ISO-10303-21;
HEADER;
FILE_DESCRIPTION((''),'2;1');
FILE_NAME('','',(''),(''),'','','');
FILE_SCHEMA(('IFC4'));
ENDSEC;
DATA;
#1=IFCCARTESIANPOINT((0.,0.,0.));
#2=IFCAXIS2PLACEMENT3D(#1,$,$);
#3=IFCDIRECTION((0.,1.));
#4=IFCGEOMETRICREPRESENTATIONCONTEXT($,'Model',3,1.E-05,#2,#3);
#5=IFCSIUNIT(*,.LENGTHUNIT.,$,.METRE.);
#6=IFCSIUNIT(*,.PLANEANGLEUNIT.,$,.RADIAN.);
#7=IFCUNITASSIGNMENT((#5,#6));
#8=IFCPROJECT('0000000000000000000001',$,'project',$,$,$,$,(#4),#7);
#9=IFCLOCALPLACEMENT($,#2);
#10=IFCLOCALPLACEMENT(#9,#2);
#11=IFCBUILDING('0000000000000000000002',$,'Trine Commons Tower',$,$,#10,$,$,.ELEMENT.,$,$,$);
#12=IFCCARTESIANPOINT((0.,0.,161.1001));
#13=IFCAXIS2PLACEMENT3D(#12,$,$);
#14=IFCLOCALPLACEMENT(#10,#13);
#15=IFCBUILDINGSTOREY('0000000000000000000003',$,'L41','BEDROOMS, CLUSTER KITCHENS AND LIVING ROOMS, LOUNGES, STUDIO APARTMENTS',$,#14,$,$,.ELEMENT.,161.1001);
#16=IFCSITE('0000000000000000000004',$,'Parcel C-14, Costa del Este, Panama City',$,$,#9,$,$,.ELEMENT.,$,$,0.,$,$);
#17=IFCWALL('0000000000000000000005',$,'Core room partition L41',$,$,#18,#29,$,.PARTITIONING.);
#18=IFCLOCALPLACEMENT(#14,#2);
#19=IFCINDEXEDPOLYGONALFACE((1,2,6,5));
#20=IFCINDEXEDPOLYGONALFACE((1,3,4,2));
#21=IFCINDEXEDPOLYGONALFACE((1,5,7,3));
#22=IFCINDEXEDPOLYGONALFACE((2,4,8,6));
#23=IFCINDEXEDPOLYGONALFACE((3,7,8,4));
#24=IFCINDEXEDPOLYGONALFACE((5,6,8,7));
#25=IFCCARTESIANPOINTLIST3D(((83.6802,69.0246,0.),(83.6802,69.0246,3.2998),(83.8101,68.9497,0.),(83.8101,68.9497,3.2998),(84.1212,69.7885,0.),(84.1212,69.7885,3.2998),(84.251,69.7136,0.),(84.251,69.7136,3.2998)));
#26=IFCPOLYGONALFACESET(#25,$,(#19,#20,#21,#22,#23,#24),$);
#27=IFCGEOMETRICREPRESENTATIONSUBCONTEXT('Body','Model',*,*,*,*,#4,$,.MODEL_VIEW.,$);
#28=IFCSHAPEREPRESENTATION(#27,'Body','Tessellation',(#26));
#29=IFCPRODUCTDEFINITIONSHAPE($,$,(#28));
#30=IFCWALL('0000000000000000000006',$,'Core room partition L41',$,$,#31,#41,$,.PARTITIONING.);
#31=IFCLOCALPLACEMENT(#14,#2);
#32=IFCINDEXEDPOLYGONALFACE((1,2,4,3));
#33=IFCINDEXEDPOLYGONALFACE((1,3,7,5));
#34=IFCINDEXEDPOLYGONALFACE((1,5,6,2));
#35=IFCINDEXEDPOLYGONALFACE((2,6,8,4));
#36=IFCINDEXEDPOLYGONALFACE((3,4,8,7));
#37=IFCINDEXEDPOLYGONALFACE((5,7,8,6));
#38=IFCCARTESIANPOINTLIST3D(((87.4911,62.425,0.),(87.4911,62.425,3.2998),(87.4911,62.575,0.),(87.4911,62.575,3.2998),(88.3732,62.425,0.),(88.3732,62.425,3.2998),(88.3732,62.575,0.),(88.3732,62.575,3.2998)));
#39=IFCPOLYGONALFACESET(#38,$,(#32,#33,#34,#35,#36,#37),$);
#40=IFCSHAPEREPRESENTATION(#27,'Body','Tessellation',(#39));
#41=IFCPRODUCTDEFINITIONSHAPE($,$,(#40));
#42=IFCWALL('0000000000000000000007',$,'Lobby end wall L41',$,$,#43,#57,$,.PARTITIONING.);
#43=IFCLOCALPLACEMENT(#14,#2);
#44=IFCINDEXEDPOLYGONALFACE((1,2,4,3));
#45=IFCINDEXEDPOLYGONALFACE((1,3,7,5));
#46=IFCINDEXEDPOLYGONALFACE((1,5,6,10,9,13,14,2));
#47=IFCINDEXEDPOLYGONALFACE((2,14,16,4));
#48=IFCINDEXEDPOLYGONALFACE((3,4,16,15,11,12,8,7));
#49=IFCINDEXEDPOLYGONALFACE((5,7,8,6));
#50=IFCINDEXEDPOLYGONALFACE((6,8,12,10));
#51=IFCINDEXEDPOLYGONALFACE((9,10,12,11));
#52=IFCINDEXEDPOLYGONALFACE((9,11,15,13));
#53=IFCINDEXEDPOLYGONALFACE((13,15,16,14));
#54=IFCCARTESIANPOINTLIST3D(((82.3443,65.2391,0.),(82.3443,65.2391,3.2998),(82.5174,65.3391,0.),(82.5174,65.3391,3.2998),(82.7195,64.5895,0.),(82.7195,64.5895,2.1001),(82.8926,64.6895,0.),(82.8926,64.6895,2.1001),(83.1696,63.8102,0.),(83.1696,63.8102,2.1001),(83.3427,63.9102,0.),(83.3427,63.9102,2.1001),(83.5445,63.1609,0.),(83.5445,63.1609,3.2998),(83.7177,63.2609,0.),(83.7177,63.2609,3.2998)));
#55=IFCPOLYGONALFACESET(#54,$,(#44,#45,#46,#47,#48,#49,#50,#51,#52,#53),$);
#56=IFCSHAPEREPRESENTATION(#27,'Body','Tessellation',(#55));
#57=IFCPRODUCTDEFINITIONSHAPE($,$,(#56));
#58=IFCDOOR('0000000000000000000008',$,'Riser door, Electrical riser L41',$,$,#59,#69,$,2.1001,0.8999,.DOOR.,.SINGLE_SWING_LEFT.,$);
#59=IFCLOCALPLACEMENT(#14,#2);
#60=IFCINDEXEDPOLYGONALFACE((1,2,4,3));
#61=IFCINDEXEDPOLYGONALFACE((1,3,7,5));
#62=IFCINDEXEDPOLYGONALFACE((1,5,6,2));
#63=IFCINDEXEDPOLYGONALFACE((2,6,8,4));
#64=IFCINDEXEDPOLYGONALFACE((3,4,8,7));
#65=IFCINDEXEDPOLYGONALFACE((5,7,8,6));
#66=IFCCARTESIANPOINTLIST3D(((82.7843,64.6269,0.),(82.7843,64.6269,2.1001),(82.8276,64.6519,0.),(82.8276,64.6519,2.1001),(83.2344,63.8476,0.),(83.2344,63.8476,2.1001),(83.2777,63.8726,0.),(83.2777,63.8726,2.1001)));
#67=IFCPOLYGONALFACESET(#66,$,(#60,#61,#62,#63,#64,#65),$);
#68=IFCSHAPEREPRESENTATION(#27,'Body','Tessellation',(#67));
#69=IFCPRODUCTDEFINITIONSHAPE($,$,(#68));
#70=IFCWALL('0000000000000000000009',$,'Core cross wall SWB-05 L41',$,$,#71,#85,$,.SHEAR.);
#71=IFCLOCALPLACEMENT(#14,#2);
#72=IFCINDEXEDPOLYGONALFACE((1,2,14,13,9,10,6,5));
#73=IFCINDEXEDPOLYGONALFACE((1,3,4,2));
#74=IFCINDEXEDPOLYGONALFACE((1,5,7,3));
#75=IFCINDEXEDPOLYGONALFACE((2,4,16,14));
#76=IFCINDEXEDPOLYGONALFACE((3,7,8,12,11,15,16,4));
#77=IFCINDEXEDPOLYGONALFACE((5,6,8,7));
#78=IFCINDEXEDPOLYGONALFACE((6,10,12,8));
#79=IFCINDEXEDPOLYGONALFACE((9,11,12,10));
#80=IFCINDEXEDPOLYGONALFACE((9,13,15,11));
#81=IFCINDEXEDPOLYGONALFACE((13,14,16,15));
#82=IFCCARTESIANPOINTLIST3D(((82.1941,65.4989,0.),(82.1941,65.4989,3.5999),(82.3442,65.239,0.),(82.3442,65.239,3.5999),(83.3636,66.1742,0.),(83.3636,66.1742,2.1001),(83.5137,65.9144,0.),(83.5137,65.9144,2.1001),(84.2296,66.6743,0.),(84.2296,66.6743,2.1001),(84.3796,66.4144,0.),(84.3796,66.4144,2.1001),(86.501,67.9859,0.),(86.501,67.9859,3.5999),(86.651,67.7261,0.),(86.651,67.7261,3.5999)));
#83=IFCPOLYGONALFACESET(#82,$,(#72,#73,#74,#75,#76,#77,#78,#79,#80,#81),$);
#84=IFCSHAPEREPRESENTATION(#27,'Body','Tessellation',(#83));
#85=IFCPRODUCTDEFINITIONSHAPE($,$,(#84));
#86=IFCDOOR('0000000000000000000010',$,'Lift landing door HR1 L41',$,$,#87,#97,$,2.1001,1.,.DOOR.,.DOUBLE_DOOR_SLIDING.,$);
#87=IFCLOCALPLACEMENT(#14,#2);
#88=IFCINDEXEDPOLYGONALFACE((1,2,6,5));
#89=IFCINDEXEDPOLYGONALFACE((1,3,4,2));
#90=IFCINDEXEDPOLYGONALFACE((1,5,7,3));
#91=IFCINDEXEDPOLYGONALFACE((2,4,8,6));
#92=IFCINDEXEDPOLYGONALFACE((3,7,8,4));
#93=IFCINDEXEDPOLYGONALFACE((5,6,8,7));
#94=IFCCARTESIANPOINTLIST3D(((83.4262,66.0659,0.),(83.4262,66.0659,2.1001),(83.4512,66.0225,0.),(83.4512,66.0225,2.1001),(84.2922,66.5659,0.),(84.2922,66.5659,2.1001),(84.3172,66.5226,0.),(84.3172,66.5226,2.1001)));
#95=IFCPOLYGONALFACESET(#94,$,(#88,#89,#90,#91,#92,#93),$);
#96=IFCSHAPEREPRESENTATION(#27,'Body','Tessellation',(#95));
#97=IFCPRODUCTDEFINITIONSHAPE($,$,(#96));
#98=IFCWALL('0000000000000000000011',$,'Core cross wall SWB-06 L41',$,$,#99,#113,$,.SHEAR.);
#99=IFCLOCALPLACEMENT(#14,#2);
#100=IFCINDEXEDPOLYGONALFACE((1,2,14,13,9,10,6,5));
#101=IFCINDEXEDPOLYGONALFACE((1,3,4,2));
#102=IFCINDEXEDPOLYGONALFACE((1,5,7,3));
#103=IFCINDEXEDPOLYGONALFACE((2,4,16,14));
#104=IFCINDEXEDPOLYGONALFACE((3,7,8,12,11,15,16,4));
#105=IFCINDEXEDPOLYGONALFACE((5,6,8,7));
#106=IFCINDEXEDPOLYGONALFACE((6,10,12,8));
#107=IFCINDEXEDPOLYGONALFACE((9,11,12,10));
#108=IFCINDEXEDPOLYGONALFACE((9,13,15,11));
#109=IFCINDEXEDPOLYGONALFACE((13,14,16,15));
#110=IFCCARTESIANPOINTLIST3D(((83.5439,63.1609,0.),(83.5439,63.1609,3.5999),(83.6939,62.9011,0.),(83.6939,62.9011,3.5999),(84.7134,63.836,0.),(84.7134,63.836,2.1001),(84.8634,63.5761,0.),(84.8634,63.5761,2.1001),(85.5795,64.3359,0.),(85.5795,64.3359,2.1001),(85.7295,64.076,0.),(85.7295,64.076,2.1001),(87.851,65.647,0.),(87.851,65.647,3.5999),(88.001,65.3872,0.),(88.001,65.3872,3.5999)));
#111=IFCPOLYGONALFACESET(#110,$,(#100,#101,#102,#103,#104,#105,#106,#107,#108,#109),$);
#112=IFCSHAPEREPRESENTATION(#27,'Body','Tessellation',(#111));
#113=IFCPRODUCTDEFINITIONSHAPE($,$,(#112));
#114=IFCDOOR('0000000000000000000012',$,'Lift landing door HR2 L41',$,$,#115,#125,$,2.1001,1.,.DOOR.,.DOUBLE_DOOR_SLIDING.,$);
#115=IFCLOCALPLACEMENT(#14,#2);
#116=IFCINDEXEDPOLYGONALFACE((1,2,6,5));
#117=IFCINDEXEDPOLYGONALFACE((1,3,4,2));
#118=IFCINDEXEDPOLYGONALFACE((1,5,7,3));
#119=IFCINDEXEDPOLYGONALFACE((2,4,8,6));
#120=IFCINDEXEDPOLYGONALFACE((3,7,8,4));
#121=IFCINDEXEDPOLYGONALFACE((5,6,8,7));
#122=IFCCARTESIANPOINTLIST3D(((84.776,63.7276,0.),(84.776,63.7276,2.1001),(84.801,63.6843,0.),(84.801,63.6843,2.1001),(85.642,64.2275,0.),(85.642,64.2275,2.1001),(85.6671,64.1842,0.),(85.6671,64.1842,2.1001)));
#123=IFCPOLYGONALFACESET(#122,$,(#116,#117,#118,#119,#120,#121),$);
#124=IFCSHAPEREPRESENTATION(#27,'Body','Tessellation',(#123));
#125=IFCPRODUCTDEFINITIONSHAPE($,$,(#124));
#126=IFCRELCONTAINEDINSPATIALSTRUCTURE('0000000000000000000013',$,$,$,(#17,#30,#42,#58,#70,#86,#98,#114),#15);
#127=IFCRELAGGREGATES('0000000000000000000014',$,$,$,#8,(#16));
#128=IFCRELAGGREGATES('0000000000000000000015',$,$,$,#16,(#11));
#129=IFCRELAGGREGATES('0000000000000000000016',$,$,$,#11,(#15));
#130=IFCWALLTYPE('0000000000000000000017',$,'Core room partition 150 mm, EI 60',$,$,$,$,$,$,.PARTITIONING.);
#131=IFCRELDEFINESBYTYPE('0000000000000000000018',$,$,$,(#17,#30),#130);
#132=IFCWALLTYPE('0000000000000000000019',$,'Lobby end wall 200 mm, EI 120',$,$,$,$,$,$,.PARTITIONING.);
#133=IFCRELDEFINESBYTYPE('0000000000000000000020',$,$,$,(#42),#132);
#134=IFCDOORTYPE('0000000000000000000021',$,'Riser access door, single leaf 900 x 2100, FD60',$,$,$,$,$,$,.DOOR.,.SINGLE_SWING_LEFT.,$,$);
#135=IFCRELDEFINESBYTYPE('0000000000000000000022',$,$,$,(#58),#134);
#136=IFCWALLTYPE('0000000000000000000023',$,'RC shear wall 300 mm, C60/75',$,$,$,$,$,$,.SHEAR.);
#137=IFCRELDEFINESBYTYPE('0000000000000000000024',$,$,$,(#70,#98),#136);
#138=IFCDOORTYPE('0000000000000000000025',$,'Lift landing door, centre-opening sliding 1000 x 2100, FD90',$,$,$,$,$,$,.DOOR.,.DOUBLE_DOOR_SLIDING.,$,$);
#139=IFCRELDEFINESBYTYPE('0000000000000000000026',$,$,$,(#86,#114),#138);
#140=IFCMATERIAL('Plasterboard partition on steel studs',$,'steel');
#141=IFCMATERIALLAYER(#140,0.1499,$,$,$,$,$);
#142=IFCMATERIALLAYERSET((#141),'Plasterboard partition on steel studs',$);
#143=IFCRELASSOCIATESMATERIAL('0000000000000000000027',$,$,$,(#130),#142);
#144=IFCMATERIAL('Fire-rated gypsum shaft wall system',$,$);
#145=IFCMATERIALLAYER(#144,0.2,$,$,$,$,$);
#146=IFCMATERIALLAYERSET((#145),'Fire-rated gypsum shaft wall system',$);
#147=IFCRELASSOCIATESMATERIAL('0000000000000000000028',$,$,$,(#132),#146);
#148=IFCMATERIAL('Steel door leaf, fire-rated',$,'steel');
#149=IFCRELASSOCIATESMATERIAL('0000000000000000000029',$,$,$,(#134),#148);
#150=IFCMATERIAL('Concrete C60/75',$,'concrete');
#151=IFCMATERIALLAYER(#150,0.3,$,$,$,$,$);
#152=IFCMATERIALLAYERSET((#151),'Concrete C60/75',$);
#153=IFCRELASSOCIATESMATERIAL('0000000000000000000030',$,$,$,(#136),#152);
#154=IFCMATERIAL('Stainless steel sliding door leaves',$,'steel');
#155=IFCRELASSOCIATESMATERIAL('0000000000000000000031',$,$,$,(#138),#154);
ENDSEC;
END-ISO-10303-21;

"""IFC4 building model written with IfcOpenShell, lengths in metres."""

from ifc_helpers import new_model, si_unit, direction, frame, frame_2d, origin, place, context, subcontext, project, spatial, rectangle, extrude, material, layer, layer_set, type_object, element, fill, save


model = new_model("IFC4")

# Units and contexts
model_context = context("Model", 3, precision=1e-05, world=origin(), true_north=direction((0.0, 1.0)))
body_context = subcontext(model_context, "Body", "Model", "MODEL_VIEW")
ifc_project = project(units=[si_unit("LENGTHUNIT", "METRE"), si_unit("PLANEANGLEUNIT", "RADIAN")], contexts=[model_context])

# Site, building, storey
site_placement = place(None, origin())
site = spatial("IfcSite", under=ifc_project, at=site_placement, Name="Parcel C-14, Costa del Este, Panama City", CompositionType="ELEMENT", RefElevation=0.0)
building_placement = place(site_placement, origin())
building = spatial("IfcBuilding", under=site, at=building_placement, Name="Trine Commons Tower", CompositionType="ELEMENT")
storey_placement = place(building_placement, frame((0.0, 0.0, 161.1001)))
storey = spatial("IfcBuildingStorey", under=building, at=storey_placement, Name="L41", Description="BEDROOMS, CLUSTER KITCHENS AND LIVING ROOMS, LOUNGES, STUDIO APARTMENTS", CompositionType="ELEMENT", Elevation=161.1001)

# Walls
ifc_material_1 = material(Name="Plasterboard partition on steel studs", Category="steel")
ifc_layer_1 = layer(ifc_material_1, 0.1499)
ifc_layer_set_1 = layer_set([ifc_layer_1], Name="Plasterboard partition on steel studs")
wall_type_1 = type_object("IfcWallType", Name="Core room partition 150 mm, EI 60", PredefinedType="PARTITIONING", material=ifc_layer_set_1)
for number, where, z_axis, x_axis, name in (
    (1, (84.186, 69.751, 0.0), (0.0, 0.0, 1.0), (-0.49989, -0.866089, 0.0), "Core room partition L41"),
    (2, (88.373, 62.5, 0.0), (0.0, 0.0, 1.0), (-1.0, 0.0, 0.0), "Core room partition L41"),
):
    element("IfcWall", number, at=place(storey_placement, frame(where, z_axis=z_axis, x_axis=x_axis)), inside=storey, type_object=wall_type_1, Name=name, PredefinedType="PARTITIONING", context=body_context, shape_type="SweptSolid", body=[
        extrude(rectangle(XDim=0.8821, YDim=0.1499, at=frame_2d((0.4409, 0.0))), origin(), (0.0, 0.0, 1.0), 3.2998),
    ])

# Walls, openings, doors
ifc_material_2 = material(Name="Fire-rated gypsum shaft wall system")
ifc_layer_2 = layer(ifc_material_2, 0.2)
ifc_layer_set_2 = layer_set([ifc_layer_2], Name="Fire-rated gypsum shaft wall system")
wall_type_2 = type_object("IfcWallType", Name="Lobby end wall 200 mm, EI 120", PredefinedType="PARTITIONING", material=ifc_layer_set_2)
wall_1_placement = place(storey_placement, frame((83.6311, 63.2109, 0.0), z_axis=(0.0, 0.0, 1.0), x_axis=(-0.500122, 0.865955, 0.0)))
wall_1 = element("IfcWall", 3, at=wall_1_placement, inside=storey, type_object=wall_type_2, Name="Lobby end wall L41", PredefinedType="PARTITIONING", context=body_context, shape_type="SweptSolid", body=[
    extrude(rectangle(XDim=2.3999, YDim=0.2, at=frame_2d((1.2, 0.0))), origin(), (0.0, 0.0, 1.0), 3.2998),
])
opening_1_placement = place(wall_1_placement, frame((0.7498, 0.0, 0.0)))
opening_1 = element("IfcOpeningElement", 4, at=opening_1_placement, cuts=wall_1, PredefinedType="OPENING", context=body_context, shape_type="SweptSolid", body=[
    extrude(rectangle(XDim=0.8999, YDim=2.1001, at=frame_2d((0.45, 1.05))), frame((0.0, 0.1099, 0.0), z_axis=(0.0, -1.0, 0.0), x_axis=(1.0, 0.0, 0.0)), (0.0, 0.0, 1.0), 0.22),
])
ifc_material_3 = material(Name="Steel door leaf, fire-rated", Category="steel")
door_type_1 = type_object("IfcDoorType", Name="Riser access door, single leaf 900 x 2100, FD60", OperationType="SINGLE_SWING_LEFT", PredefinedType="DOOR", material=ifc_material_3)
door_1_placement = place(opening_1_placement, frame((0.8999, 0.0, 0.0), z_axis=(0.0, 0.0, 1.0), x_axis=(-1.0, 0.0, 0.0)))
door_1 = element("IfcDoor", 5, at=door_1_placement, inside=storey, type_object=door_type_1, Name="Riser door, Electrical riser L41", OperationType="SINGLE_SWING_LEFT", OverallHeight=2.1001, OverallWidth=0.8999, PredefinedType="DOOR", context=body_context, shape_type="SweptSolid", body=[
    extrude(rectangle(XDim=0.8999, YDim=2.1001, at=frame_2d((0.45, 1.05))), frame((0.0, 0.0249, 0.0), z_axis=(0.0, -1.0, 0.0), x_axis=(1.0, 0.0, 0.0)), (0.0, 0.0, 1.0), 0.05),
])
fill(opening_1, door_1)
ifc_material_4 = material(Name="Concrete C60/75", Category="concrete")
ifc_layer_3 = layer(ifc_material_4, 0.3)
ifc_layer_set_3 = layer_set([ifc_layer_3], Name="Concrete C60/75")
wall_type_3 = type_object("IfcWallType", Name="RC shear wall 300 mm, C60/75", PredefinedType="SHEAR", material=ifc_layer_set_3)
wall_2_placement = place(storey_placement, frame((82.269, 65.3689, 0.0), z_axis=(0.0, 0.0, 1.0), x_axis=(0.865984, 0.500072, 0.0)))
wall_2 = element("IfcWall", 6, at=wall_2_placement, inside=storey, type_object=wall_type_3, Name="Core cross wall SWB-05 L41", PredefinedType="SHEAR", context=body_context, shape_type="SweptSolid", body=[
    extrude(rectangle(XDim=4.9734, YDim=0.3, at=frame_2d((2.4868, 0.0))), origin(), (0.0, 0.0, 1.0), 3.5999),
])
opening_2_placement = place(wall_2_placement, frame((1.3506, 0.0, 0.0)))
opening_2 = element("IfcOpeningElement", 7, at=opening_2_placement, cuts=wall_2, PredefinedType="OPENING", context=body_context, shape_type="SweptSolid", body=[
    extrude(rectangle(XDim=1.0, YDim=2.1001, at=frame_2d((0.5, 1.05))), frame((0.0, 0.1599, 0.0), z_axis=(0.0, -1.0, 0.0), x_axis=(1.0, 0.0, 0.0)), (0.0, 0.0, 1.0), 0.3201),
])
ifc_material_5 = material(Name="Stainless steel sliding door leaves", Category="steel")
door_type_2 = type_object("IfcDoorType", Name="Lift landing door, centre-opening sliding 1000 x 2100, FD90", OperationType="DOUBLE_DOOR_SLIDING", PredefinedType="DOOR", material=ifc_material_5)
door_2_placement = place(opening_2_placement, origin())
door_2 = element("IfcDoor", 8, at=door_2_placement, inside=storey, type_object=door_type_2, Name="Lift landing door HR1 L41", OperationType="DOUBLE_DOOR_SLIDING", OverallHeight=2.1001, OverallWidth=1.0, PredefinedType="DOOR", context=body_context, shape_type="SweptSolid", body=[
    extrude(rectangle(XDim=1.0, YDim=2.1001, at=frame_2d((0.5, 1.05))), frame((0.0, 0.0249, 0.0), z_axis=(0.0, -1.0, 0.0), x_axis=(1.0, 0.0, 0.0)), (0.0, 0.0, 1.0), 0.05),
])
fill(opening_2, door_2)
wall_3_placement = place(storey_placement, frame((83.6189, 63.031, 0.0), z_axis=(0.0, 0.0, 1.0), x_axis=(0.866081, 0.499904, 0.0)))
wall_3 = element("IfcWall", 9, at=wall_3_placement, inside=storey, type_object=wall_type_3, Name="Core cross wall SWB-06 L41", PredefinedType="SHEAR", context=body_context, shape_type="SweptSolid", body=[
    extrude(rectangle(XDim=4.9731, YDim=0.3, at=frame_2d((2.4866, 0.0))), origin(), (0.0, 0.0, 1.0), 3.5999),
])
opening_3_placement = place(wall_3_placement, frame((1.3503, 0.0, 0.0)))
opening_3 = element("IfcOpeningElement", 10, at=opening_3_placement, cuts=wall_3, PredefinedType="OPENING", context=body_context, shape_type="SweptSolid", body=[
    extrude(rectangle(XDim=1.0, YDim=2.1001, at=frame_2d((0.5, 1.05))), frame((0.0, 0.1599, 0.0), z_axis=(0.0, -1.0, 0.0), x_axis=(1.0, 0.0, 0.0)), (0.0, 0.0, 1.0), 0.3201),
])
door_3_placement = place(opening_3_placement, origin())
door_3 = element("IfcDoor", 11, at=door_3_placement, inside=storey, type_object=door_type_2, Name="Lift landing door HR2 L41", OperationType="DOUBLE_DOOR_SLIDING", OverallHeight=2.1001, OverallWidth=1.0, PredefinedType="DOOR", context=body_context, shape_type="SweptSolid", body=[
    extrude(rectangle(XDim=1.0, YDim=2.1001, at=frame_2d((0.5, 1.05))), frame((0.0, 0.0249, 0.0), z_axis=(0.0, -1.0, 0.0), x_axis=(1.0, 0.0, 0.0)), (0.0, 0.0, 1.0), 0.05),
])
fill(opening_3, door_3)

save(model, "model.ifc")
